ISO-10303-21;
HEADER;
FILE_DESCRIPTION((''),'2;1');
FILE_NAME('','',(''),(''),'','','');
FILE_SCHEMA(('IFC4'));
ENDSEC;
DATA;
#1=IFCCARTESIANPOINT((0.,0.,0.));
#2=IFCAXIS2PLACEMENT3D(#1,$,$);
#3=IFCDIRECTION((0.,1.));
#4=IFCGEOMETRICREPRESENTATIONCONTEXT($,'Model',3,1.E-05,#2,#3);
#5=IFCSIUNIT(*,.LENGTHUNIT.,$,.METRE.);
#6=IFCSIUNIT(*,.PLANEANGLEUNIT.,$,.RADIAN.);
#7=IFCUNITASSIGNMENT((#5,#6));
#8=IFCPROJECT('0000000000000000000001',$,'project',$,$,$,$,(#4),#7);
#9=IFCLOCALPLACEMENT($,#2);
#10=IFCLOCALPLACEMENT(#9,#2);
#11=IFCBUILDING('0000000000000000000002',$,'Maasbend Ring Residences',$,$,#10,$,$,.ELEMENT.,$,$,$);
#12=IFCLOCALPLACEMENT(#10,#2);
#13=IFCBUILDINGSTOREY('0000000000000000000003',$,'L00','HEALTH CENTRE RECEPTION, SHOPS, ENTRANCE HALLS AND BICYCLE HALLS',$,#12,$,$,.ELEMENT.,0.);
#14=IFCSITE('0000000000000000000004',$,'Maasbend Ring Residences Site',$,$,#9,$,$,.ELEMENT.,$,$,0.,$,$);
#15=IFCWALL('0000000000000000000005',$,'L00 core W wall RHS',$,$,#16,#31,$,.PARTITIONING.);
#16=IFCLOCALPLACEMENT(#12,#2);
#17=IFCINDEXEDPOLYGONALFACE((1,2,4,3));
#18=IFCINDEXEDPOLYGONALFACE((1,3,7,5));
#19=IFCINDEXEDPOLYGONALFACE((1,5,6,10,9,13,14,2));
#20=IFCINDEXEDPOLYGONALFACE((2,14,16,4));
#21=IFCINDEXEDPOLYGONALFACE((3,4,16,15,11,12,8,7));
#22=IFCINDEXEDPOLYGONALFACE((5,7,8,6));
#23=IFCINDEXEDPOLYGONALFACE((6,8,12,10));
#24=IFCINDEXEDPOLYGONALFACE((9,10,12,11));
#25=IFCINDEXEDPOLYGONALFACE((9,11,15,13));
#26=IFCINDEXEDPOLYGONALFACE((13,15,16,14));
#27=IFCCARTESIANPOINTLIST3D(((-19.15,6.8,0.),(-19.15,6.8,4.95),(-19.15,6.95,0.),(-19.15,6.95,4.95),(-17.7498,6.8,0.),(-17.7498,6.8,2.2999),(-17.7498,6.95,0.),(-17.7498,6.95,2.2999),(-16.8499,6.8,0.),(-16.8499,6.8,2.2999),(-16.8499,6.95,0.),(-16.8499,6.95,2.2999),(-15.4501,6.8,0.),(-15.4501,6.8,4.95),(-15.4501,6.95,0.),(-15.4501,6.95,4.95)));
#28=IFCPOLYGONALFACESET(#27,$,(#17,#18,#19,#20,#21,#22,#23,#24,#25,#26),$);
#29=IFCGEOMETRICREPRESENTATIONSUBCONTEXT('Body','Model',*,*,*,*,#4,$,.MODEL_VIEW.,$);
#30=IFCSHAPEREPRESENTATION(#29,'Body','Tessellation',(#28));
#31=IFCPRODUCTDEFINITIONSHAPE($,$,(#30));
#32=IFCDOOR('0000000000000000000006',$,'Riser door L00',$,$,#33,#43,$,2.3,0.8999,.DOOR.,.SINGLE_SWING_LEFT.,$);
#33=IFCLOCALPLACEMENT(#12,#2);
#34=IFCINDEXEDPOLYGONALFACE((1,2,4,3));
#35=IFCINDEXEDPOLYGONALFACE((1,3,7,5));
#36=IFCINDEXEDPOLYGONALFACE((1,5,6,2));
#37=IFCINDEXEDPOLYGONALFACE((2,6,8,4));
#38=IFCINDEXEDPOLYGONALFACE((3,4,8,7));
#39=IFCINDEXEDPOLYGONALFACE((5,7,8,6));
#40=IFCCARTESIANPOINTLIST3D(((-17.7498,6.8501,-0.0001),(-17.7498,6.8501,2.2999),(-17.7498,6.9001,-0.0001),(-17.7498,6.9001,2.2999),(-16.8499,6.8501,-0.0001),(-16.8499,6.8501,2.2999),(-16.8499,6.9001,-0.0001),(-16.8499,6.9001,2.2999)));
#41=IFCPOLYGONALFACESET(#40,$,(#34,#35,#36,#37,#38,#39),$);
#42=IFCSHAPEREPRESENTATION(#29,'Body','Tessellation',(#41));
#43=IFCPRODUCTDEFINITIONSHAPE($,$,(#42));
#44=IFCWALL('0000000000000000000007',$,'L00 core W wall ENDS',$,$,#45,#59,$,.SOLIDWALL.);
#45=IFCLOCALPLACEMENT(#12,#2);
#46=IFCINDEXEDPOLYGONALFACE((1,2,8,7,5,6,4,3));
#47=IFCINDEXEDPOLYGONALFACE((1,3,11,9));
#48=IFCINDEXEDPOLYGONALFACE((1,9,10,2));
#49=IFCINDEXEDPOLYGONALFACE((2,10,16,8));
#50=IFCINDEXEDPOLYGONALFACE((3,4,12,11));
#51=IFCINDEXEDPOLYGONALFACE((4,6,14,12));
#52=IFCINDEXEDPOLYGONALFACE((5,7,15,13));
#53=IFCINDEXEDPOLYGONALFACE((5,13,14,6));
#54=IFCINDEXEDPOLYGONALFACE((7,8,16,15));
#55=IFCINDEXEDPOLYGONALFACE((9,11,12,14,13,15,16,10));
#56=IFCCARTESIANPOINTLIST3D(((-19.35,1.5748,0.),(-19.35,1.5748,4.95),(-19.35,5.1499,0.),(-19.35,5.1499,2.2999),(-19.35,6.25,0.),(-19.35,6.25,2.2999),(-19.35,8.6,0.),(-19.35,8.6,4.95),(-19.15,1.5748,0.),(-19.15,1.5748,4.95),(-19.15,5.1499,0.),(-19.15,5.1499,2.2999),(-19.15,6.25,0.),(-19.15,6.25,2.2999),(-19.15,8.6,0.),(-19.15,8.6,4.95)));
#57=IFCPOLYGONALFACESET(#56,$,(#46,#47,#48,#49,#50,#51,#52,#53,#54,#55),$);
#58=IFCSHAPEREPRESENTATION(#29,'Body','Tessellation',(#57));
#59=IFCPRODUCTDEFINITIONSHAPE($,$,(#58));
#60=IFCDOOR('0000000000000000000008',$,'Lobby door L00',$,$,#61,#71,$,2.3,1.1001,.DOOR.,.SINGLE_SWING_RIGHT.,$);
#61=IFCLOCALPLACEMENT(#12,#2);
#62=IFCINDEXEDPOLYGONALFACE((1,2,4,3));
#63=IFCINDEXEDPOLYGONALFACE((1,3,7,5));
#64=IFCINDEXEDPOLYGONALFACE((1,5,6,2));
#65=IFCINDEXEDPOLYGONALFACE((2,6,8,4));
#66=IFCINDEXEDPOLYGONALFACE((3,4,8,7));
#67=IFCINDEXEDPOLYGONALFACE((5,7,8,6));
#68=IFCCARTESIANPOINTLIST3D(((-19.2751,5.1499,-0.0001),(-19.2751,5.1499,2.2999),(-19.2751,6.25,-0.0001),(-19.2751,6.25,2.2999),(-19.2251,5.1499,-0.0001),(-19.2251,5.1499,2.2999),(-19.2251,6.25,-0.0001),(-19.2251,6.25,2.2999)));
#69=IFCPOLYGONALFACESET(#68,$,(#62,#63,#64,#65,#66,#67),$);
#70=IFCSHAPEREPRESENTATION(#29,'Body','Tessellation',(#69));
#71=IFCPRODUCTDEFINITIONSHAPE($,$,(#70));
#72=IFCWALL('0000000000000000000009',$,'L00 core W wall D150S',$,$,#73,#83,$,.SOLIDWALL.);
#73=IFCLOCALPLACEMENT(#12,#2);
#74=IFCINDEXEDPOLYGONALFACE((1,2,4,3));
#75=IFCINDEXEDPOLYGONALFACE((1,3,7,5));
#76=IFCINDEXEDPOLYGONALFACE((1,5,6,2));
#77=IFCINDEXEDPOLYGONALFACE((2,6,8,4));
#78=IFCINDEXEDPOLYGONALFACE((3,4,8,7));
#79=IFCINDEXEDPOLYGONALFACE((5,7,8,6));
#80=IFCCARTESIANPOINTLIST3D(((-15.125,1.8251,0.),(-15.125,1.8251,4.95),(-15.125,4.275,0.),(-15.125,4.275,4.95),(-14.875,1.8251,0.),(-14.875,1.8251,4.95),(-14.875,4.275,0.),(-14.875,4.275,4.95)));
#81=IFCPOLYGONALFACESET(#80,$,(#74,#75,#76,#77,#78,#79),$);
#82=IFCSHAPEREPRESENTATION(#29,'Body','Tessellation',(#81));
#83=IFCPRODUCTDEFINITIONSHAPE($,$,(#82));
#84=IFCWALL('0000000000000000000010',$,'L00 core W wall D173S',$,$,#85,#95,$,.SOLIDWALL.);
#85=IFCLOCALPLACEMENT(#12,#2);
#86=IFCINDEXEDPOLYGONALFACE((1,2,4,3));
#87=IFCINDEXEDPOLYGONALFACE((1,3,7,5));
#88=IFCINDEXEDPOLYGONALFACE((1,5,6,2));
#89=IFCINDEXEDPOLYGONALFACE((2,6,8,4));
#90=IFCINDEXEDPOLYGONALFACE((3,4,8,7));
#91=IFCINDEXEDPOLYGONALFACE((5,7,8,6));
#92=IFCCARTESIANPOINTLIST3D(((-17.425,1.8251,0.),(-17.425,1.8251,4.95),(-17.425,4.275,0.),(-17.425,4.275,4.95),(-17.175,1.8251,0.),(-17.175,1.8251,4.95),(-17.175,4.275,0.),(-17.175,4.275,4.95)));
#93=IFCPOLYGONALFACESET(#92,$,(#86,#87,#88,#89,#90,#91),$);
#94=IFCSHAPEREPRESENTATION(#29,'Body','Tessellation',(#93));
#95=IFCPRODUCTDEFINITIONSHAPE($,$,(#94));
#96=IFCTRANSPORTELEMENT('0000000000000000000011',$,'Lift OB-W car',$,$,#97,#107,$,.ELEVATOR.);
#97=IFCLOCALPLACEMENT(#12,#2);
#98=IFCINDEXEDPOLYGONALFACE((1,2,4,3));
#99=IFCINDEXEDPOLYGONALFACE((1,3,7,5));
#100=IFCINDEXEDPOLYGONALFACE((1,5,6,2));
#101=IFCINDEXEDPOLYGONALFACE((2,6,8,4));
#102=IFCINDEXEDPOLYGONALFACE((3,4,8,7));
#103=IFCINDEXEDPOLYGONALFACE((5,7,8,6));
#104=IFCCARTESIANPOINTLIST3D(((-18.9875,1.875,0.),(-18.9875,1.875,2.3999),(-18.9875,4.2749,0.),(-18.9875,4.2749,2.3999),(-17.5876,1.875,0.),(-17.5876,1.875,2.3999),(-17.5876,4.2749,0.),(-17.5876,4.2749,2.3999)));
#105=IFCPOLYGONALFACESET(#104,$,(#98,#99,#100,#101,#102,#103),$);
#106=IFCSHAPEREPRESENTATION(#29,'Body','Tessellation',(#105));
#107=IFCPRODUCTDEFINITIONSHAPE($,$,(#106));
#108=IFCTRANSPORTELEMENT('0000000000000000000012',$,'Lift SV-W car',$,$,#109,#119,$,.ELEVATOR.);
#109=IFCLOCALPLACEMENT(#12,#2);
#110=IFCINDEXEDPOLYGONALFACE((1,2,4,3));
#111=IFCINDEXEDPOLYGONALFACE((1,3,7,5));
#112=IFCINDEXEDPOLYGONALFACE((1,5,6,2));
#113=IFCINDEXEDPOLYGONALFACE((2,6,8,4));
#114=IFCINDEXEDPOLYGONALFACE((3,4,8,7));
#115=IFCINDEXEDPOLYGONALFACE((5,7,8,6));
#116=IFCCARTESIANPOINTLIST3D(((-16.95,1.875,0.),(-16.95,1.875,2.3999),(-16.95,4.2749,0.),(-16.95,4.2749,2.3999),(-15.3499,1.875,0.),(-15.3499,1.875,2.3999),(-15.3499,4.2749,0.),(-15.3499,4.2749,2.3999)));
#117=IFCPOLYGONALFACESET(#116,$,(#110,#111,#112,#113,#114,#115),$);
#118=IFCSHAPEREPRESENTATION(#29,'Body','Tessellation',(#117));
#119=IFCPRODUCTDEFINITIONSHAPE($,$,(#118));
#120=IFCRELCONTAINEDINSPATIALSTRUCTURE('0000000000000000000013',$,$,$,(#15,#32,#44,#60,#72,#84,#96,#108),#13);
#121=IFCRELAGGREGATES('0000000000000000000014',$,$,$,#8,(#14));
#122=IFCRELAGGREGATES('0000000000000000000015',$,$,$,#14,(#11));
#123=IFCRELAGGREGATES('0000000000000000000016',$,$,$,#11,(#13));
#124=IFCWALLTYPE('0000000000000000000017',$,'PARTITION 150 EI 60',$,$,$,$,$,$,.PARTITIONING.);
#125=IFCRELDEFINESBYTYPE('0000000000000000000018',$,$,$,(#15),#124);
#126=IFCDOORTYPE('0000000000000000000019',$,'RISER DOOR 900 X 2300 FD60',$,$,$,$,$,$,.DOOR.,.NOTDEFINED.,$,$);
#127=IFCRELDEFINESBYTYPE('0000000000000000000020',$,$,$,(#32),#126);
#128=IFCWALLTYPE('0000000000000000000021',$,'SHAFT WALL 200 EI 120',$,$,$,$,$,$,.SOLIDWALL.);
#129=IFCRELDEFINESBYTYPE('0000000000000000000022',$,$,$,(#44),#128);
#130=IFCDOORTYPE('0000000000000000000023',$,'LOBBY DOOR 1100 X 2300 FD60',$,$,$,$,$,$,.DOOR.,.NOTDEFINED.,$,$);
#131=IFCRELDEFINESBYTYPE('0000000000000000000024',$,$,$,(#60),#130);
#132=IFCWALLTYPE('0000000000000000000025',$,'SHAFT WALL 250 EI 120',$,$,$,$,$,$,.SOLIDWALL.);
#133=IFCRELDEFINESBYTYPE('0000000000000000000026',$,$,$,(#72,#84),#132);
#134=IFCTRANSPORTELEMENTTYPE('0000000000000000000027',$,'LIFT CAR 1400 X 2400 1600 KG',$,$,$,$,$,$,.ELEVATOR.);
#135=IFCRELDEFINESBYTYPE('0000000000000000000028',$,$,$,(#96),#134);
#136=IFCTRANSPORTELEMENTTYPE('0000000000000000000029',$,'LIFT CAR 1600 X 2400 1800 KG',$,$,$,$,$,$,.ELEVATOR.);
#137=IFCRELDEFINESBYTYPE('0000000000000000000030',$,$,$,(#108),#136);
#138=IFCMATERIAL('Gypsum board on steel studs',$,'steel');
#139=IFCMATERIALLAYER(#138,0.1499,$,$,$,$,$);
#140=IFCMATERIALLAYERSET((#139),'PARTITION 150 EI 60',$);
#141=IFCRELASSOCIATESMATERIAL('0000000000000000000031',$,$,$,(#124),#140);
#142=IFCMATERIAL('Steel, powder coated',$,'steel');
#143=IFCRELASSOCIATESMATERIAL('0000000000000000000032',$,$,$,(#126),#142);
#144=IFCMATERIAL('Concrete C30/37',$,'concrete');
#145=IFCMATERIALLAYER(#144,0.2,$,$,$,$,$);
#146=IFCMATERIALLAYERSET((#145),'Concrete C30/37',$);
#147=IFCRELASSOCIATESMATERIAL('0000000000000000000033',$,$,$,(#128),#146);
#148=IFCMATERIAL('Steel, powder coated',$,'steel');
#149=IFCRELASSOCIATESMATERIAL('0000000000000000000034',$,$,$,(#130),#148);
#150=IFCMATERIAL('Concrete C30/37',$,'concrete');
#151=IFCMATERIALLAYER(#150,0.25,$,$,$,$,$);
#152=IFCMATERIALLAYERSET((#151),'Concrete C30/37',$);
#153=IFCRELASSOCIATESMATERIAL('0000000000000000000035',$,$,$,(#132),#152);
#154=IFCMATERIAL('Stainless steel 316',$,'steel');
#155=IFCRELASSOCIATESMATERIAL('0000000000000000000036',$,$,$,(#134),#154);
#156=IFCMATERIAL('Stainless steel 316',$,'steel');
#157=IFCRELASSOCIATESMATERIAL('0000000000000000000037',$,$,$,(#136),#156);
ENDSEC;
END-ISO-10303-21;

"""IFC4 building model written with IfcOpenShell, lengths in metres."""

from ifc_helpers import new_model, si_unit, direction, frame, frame_2d, origin, origin_2d, place, context, subcontext, project, spatial, rectangle, extrude, material, layer, layer_set, type_object, element, fill, save


model = new_model("IFC4")

# Units and contexts
model_context = context("Model", 3, precision=1e-05, world=origin(), true_north=direction((0.0, 1.0)))
body_context = subcontext(model_context, "Body", "Model", "MODEL_VIEW")
ifc_project = project(units=[si_unit("LENGTHUNIT", "METRE"), si_unit("PLANEANGLEUNIT", "RADIAN")], contexts=[model_context])

# Site, building, storey
site_placement = place(None, origin())
site = spatial("IfcSite", under=ifc_project, at=site_placement, Name="Maasbend Ring Residences Site", CompositionType="ELEMENT", RefElevation=0.0)
building_placement = place(site_placement, origin())
building = spatial("IfcBuilding", under=site, at=building_placement, Name="Maasbend Ring Residences", CompositionType="ELEMENT")
storey_placement = place(building_placement, origin())
storey = spatial("IfcBuildingStorey", under=building, at=storey_placement, Name="L00", Description="HEALTH CENTRE RECEPTION, SHOPS, ENTRANCE HALLS AND BICYCLE HALLS", CompositionType="ELEMENT", Elevation=0.0)

# Walls, openings, doors
ifc_material_1 = material(Name="Gypsum board on steel studs", Category="steel")
ifc_layer_1 = layer(ifc_material_1, 0.1499)
ifc_layer_set_1 = layer_set([ifc_layer_1], Name="PARTITION 150 EI 60")
wall_type_1 = type_object("IfcWallType", Name="PARTITION 150 EI 60", PredefinedType="PARTITIONING", material=ifc_layer_set_1)
wall_1_placement = place(storey_placement, frame((-15.45, 6.875, 0.0), z_axis=(0.0, 0.0, 1.0), x_axis=(-1.0, 0.0, 0.0)))
wall_1 = element("IfcWall", 1, at=wall_1_placement, inside=storey, type_object=wall_type_1, Name="L00 core W wall RHS", PredefinedType="PARTITIONING", context=body_context, shape_type="SweptSolid", body=[
    extrude(rectangle(XDim=3.7, YDim=0.1499, at=frame_2d((1.8501, 0.0))), origin(), (0.0, 0.0, 1.0), 4.95),
])
opening_1_placement = place(wall_1_placement, frame((1.3999, 0.0, 0.0)))
opening_1 = element("IfcOpeningElement", 2, at=opening_1_placement, cuts=wall_1, PredefinedType="OPENING", context=body_context, shape_type="SweptSolid", body=[
    extrude(rectangle(XDim=0.8999, YDim=2.3, at=frame_2d((0.45, 1.1499))), frame((0.0, 0.085, 0.0), z_axis=(0.0, -1.0, 0.0), x_axis=(1.0, 0.0, 0.0)), (0.0, 0.0, 1.0), 0.1699),
])
ifc_material_2 = material(Name="Steel, powder coated", Category="steel")
door_type_1 = type_object("IfcDoorType", Name="RISER DOOR 900 X 2300 FD60", OperationType="NOTDEFINED", PredefinedType="DOOR", material=ifc_material_2)
door_1_placement = place(opening_1_placement, origin())
door_1 = element("IfcDoor", 3, at=door_1_placement, inside=storey, type_object=door_type_1, Name="Riser door L00", OperationType="SINGLE_SWING_LEFT", OverallHeight=2.3, OverallWidth=0.8999, PredefinedType="DOOR", context=body_context, shape_type="SweptSolid", body=[
    extrude(rectangle(XDim=0.8999, YDim=2.3, at=frame_2d((0.45, 1.1499))), frame((0.0, 0.0249, 0.0), z_axis=(0.0, -1.0, 0.0), x_axis=(1.0, 0.0, 0.0)), (0.0, 0.0, 1.0), 0.05),
])
fill(opening_1, door_1)
ifc_material_3 = material(Name="Concrete C30/37", Category="concrete")
ifc_layer_2 = layer(ifc_material_3, 0.2)
ifc_layer_set_2 = layer_set([ifc_layer_2], Name="Concrete C30/37")
wall_type_2 = type_object("IfcWallType", Name="SHAFT WALL 200 EI 120", PredefinedType="SOLIDWALL", material=ifc_layer_set_2)
wall_2_placement = place(storey_placement, frame((-19.25, 8.6001, 0.0), z_axis=(0.0, 0.0, 1.0), x_axis=(0.0, -1.0, 0.0)))
wall_2 = element("IfcWall", 4, at=wall_2_placement, inside=storey, type_object=wall_type_2, Name="L00 core W wall ENDS", PredefinedType="SOLIDWALL", context=body_context, shape_type="SweptSolid", body=[
    extrude(rectangle(XDim=7.0251, YDim=0.2, at=frame_2d((3.5127, 0.0))), origin(), (0.0, 0.0, 1.0), 4.95),
])
opening_2_placement = place(wall_2_placement, frame((2.3501, 0.0, 0.0)))
opening_2 = element("IfcOpeningElement", 5, at=opening_2_placement, cuts=wall_2, PredefinedType="OPENING", context=body_context, shape_type="SweptSolid", body=[
    extrude(rectangle(XDim=1.1001, YDim=2.3, at=frame_2d((0.55, 1.1499))), frame((0.0, 0.1099, 0.0), z_axis=(0.0, -1.0, 0.0), x_axis=(1.0, 0.0, 0.0)), (0.0, 0.0, 1.0), 0.22),
])
ifc_material_4 = material(Name="Steel, powder coated", Category="steel")
door_type_2 = type_object("IfcDoorType", Name="LOBBY DOOR 1100 X 2300 FD60", OperationType="NOTDEFINED", PredefinedType="DOOR", material=ifc_material_4)
door_2_placement = place(opening_2_placement, origin())
door_2 = element("IfcDoor", 6, at=door_2_placement, inside=storey, type_object=door_type_2, Name="Lobby door L00", OperationType="SINGLE_SWING_RIGHT", OverallHeight=2.3, OverallWidth=1.1001, PredefinedType="DOOR", context=body_context, shape_type="SweptSolid", body=[
    extrude(rectangle(XDim=1.1001, YDim=2.3, at=frame_2d((0.55, 1.1499))), frame((0.0, 0.0249, 0.0), z_axis=(0.0, -1.0, 0.0), x_axis=(1.0, 0.0, 0.0)), (0.0, 0.0, 1.0), 0.05),
])
fill(opening_2, door_2)

# Walls
ifc_material_5 = material(Name="Concrete C30/37", Category="concrete")
ifc_layer_3 = layer(ifc_material_5, 0.25)
ifc_layer_set_3 = layer_set([ifc_layer_3], Name="Concrete C30/37")
wall_type_3 = type_object("IfcWallType", Name="SHAFT WALL 250 EI 120", PredefinedType="SOLIDWALL", material=ifc_layer_set_3)
for number, where, z_axis, x_axis, name in (
    (7, (-15.0, 1.825, 0.0), (0.0, 0.0, 1.0), (0.0, 1.0, 0.0), "L00 core W wall D150S"),
    (8, (-17.3, 1.825, 0.0), (0.0, 0.0, 1.0), (0.0, 1.0, 0.0), "L00 core W wall D173S"),
):
    element("IfcWall", number, at=place(storey_placement, frame(where, z_axis=z_axis, x_axis=x_axis)), inside=storey, type_object=wall_type_3, Name=name, PredefinedType="SOLIDWALL", context=body_context, shape_type="SweptSolid", body=[
        extrude(rectangle(XDim=2.45, YDim=0.25, at=frame_2d((1.2251, 0.0))), origin(), (0.0, 0.0, 1.0), 4.95),
    ])

# Transport elements
ifc_material_6 = material(Name="Stainless steel 316", Category="steel")
transport_element_type_1 = type_object("IfcTransportElementType", Name="LIFT CAR 1400 X 2400 1600 KG", PredefinedType="ELEVATOR", material=ifc_material_6)
transport_element_1_placement = place(storey_placement, frame((-18.2876, 3.075, 0.0), z_axis=(0.0, 0.0, 1.0), x_axis=(1.0, 0.0, 0.0)))
element("IfcTransportElement", 9, at=transport_element_1_placement, inside=storey, type_object=transport_element_type_1, Name="Lift OB-W car", PredefinedType="ELEVATOR", context=body_context, shape_type="SweptSolid", body=[
    extrude(rectangle(XDim=1.3999, YDim=2.3999, at=origin_2d()), origin(), (0.0, 0.0, 1.0), 2.3999),
])
ifc_material_7 = material(Name="Stainless steel 316", Category="steel")
transport_element_type_2 = type_object("IfcTransportElementType", Name="LIFT CAR 1600 X 2400 1800 KG", PredefinedType="ELEVATOR", material=ifc_material_7)
transport_element_2_placement = place(storey_placement, frame((-16.1499, 3.075, 0.0), z_axis=(0.0, 0.0, 1.0), x_axis=(1.0, 0.0, 0.0)))
element("IfcTransportElement", 10, at=transport_element_2_placement, inside=storey, type_object=transport_element_type_2, Name="Lift SV-W car", PredefinedType="ELEVATOR", context=body_context, shape_type="SweptSolid", body=[
    extrude(rectangle(XDim=1.6001, YDim=2.3999, at=origin_2d()), origin(), (0.0, 0.0, 1.0), 2.3999),
])

save(model, "model.ifc")
